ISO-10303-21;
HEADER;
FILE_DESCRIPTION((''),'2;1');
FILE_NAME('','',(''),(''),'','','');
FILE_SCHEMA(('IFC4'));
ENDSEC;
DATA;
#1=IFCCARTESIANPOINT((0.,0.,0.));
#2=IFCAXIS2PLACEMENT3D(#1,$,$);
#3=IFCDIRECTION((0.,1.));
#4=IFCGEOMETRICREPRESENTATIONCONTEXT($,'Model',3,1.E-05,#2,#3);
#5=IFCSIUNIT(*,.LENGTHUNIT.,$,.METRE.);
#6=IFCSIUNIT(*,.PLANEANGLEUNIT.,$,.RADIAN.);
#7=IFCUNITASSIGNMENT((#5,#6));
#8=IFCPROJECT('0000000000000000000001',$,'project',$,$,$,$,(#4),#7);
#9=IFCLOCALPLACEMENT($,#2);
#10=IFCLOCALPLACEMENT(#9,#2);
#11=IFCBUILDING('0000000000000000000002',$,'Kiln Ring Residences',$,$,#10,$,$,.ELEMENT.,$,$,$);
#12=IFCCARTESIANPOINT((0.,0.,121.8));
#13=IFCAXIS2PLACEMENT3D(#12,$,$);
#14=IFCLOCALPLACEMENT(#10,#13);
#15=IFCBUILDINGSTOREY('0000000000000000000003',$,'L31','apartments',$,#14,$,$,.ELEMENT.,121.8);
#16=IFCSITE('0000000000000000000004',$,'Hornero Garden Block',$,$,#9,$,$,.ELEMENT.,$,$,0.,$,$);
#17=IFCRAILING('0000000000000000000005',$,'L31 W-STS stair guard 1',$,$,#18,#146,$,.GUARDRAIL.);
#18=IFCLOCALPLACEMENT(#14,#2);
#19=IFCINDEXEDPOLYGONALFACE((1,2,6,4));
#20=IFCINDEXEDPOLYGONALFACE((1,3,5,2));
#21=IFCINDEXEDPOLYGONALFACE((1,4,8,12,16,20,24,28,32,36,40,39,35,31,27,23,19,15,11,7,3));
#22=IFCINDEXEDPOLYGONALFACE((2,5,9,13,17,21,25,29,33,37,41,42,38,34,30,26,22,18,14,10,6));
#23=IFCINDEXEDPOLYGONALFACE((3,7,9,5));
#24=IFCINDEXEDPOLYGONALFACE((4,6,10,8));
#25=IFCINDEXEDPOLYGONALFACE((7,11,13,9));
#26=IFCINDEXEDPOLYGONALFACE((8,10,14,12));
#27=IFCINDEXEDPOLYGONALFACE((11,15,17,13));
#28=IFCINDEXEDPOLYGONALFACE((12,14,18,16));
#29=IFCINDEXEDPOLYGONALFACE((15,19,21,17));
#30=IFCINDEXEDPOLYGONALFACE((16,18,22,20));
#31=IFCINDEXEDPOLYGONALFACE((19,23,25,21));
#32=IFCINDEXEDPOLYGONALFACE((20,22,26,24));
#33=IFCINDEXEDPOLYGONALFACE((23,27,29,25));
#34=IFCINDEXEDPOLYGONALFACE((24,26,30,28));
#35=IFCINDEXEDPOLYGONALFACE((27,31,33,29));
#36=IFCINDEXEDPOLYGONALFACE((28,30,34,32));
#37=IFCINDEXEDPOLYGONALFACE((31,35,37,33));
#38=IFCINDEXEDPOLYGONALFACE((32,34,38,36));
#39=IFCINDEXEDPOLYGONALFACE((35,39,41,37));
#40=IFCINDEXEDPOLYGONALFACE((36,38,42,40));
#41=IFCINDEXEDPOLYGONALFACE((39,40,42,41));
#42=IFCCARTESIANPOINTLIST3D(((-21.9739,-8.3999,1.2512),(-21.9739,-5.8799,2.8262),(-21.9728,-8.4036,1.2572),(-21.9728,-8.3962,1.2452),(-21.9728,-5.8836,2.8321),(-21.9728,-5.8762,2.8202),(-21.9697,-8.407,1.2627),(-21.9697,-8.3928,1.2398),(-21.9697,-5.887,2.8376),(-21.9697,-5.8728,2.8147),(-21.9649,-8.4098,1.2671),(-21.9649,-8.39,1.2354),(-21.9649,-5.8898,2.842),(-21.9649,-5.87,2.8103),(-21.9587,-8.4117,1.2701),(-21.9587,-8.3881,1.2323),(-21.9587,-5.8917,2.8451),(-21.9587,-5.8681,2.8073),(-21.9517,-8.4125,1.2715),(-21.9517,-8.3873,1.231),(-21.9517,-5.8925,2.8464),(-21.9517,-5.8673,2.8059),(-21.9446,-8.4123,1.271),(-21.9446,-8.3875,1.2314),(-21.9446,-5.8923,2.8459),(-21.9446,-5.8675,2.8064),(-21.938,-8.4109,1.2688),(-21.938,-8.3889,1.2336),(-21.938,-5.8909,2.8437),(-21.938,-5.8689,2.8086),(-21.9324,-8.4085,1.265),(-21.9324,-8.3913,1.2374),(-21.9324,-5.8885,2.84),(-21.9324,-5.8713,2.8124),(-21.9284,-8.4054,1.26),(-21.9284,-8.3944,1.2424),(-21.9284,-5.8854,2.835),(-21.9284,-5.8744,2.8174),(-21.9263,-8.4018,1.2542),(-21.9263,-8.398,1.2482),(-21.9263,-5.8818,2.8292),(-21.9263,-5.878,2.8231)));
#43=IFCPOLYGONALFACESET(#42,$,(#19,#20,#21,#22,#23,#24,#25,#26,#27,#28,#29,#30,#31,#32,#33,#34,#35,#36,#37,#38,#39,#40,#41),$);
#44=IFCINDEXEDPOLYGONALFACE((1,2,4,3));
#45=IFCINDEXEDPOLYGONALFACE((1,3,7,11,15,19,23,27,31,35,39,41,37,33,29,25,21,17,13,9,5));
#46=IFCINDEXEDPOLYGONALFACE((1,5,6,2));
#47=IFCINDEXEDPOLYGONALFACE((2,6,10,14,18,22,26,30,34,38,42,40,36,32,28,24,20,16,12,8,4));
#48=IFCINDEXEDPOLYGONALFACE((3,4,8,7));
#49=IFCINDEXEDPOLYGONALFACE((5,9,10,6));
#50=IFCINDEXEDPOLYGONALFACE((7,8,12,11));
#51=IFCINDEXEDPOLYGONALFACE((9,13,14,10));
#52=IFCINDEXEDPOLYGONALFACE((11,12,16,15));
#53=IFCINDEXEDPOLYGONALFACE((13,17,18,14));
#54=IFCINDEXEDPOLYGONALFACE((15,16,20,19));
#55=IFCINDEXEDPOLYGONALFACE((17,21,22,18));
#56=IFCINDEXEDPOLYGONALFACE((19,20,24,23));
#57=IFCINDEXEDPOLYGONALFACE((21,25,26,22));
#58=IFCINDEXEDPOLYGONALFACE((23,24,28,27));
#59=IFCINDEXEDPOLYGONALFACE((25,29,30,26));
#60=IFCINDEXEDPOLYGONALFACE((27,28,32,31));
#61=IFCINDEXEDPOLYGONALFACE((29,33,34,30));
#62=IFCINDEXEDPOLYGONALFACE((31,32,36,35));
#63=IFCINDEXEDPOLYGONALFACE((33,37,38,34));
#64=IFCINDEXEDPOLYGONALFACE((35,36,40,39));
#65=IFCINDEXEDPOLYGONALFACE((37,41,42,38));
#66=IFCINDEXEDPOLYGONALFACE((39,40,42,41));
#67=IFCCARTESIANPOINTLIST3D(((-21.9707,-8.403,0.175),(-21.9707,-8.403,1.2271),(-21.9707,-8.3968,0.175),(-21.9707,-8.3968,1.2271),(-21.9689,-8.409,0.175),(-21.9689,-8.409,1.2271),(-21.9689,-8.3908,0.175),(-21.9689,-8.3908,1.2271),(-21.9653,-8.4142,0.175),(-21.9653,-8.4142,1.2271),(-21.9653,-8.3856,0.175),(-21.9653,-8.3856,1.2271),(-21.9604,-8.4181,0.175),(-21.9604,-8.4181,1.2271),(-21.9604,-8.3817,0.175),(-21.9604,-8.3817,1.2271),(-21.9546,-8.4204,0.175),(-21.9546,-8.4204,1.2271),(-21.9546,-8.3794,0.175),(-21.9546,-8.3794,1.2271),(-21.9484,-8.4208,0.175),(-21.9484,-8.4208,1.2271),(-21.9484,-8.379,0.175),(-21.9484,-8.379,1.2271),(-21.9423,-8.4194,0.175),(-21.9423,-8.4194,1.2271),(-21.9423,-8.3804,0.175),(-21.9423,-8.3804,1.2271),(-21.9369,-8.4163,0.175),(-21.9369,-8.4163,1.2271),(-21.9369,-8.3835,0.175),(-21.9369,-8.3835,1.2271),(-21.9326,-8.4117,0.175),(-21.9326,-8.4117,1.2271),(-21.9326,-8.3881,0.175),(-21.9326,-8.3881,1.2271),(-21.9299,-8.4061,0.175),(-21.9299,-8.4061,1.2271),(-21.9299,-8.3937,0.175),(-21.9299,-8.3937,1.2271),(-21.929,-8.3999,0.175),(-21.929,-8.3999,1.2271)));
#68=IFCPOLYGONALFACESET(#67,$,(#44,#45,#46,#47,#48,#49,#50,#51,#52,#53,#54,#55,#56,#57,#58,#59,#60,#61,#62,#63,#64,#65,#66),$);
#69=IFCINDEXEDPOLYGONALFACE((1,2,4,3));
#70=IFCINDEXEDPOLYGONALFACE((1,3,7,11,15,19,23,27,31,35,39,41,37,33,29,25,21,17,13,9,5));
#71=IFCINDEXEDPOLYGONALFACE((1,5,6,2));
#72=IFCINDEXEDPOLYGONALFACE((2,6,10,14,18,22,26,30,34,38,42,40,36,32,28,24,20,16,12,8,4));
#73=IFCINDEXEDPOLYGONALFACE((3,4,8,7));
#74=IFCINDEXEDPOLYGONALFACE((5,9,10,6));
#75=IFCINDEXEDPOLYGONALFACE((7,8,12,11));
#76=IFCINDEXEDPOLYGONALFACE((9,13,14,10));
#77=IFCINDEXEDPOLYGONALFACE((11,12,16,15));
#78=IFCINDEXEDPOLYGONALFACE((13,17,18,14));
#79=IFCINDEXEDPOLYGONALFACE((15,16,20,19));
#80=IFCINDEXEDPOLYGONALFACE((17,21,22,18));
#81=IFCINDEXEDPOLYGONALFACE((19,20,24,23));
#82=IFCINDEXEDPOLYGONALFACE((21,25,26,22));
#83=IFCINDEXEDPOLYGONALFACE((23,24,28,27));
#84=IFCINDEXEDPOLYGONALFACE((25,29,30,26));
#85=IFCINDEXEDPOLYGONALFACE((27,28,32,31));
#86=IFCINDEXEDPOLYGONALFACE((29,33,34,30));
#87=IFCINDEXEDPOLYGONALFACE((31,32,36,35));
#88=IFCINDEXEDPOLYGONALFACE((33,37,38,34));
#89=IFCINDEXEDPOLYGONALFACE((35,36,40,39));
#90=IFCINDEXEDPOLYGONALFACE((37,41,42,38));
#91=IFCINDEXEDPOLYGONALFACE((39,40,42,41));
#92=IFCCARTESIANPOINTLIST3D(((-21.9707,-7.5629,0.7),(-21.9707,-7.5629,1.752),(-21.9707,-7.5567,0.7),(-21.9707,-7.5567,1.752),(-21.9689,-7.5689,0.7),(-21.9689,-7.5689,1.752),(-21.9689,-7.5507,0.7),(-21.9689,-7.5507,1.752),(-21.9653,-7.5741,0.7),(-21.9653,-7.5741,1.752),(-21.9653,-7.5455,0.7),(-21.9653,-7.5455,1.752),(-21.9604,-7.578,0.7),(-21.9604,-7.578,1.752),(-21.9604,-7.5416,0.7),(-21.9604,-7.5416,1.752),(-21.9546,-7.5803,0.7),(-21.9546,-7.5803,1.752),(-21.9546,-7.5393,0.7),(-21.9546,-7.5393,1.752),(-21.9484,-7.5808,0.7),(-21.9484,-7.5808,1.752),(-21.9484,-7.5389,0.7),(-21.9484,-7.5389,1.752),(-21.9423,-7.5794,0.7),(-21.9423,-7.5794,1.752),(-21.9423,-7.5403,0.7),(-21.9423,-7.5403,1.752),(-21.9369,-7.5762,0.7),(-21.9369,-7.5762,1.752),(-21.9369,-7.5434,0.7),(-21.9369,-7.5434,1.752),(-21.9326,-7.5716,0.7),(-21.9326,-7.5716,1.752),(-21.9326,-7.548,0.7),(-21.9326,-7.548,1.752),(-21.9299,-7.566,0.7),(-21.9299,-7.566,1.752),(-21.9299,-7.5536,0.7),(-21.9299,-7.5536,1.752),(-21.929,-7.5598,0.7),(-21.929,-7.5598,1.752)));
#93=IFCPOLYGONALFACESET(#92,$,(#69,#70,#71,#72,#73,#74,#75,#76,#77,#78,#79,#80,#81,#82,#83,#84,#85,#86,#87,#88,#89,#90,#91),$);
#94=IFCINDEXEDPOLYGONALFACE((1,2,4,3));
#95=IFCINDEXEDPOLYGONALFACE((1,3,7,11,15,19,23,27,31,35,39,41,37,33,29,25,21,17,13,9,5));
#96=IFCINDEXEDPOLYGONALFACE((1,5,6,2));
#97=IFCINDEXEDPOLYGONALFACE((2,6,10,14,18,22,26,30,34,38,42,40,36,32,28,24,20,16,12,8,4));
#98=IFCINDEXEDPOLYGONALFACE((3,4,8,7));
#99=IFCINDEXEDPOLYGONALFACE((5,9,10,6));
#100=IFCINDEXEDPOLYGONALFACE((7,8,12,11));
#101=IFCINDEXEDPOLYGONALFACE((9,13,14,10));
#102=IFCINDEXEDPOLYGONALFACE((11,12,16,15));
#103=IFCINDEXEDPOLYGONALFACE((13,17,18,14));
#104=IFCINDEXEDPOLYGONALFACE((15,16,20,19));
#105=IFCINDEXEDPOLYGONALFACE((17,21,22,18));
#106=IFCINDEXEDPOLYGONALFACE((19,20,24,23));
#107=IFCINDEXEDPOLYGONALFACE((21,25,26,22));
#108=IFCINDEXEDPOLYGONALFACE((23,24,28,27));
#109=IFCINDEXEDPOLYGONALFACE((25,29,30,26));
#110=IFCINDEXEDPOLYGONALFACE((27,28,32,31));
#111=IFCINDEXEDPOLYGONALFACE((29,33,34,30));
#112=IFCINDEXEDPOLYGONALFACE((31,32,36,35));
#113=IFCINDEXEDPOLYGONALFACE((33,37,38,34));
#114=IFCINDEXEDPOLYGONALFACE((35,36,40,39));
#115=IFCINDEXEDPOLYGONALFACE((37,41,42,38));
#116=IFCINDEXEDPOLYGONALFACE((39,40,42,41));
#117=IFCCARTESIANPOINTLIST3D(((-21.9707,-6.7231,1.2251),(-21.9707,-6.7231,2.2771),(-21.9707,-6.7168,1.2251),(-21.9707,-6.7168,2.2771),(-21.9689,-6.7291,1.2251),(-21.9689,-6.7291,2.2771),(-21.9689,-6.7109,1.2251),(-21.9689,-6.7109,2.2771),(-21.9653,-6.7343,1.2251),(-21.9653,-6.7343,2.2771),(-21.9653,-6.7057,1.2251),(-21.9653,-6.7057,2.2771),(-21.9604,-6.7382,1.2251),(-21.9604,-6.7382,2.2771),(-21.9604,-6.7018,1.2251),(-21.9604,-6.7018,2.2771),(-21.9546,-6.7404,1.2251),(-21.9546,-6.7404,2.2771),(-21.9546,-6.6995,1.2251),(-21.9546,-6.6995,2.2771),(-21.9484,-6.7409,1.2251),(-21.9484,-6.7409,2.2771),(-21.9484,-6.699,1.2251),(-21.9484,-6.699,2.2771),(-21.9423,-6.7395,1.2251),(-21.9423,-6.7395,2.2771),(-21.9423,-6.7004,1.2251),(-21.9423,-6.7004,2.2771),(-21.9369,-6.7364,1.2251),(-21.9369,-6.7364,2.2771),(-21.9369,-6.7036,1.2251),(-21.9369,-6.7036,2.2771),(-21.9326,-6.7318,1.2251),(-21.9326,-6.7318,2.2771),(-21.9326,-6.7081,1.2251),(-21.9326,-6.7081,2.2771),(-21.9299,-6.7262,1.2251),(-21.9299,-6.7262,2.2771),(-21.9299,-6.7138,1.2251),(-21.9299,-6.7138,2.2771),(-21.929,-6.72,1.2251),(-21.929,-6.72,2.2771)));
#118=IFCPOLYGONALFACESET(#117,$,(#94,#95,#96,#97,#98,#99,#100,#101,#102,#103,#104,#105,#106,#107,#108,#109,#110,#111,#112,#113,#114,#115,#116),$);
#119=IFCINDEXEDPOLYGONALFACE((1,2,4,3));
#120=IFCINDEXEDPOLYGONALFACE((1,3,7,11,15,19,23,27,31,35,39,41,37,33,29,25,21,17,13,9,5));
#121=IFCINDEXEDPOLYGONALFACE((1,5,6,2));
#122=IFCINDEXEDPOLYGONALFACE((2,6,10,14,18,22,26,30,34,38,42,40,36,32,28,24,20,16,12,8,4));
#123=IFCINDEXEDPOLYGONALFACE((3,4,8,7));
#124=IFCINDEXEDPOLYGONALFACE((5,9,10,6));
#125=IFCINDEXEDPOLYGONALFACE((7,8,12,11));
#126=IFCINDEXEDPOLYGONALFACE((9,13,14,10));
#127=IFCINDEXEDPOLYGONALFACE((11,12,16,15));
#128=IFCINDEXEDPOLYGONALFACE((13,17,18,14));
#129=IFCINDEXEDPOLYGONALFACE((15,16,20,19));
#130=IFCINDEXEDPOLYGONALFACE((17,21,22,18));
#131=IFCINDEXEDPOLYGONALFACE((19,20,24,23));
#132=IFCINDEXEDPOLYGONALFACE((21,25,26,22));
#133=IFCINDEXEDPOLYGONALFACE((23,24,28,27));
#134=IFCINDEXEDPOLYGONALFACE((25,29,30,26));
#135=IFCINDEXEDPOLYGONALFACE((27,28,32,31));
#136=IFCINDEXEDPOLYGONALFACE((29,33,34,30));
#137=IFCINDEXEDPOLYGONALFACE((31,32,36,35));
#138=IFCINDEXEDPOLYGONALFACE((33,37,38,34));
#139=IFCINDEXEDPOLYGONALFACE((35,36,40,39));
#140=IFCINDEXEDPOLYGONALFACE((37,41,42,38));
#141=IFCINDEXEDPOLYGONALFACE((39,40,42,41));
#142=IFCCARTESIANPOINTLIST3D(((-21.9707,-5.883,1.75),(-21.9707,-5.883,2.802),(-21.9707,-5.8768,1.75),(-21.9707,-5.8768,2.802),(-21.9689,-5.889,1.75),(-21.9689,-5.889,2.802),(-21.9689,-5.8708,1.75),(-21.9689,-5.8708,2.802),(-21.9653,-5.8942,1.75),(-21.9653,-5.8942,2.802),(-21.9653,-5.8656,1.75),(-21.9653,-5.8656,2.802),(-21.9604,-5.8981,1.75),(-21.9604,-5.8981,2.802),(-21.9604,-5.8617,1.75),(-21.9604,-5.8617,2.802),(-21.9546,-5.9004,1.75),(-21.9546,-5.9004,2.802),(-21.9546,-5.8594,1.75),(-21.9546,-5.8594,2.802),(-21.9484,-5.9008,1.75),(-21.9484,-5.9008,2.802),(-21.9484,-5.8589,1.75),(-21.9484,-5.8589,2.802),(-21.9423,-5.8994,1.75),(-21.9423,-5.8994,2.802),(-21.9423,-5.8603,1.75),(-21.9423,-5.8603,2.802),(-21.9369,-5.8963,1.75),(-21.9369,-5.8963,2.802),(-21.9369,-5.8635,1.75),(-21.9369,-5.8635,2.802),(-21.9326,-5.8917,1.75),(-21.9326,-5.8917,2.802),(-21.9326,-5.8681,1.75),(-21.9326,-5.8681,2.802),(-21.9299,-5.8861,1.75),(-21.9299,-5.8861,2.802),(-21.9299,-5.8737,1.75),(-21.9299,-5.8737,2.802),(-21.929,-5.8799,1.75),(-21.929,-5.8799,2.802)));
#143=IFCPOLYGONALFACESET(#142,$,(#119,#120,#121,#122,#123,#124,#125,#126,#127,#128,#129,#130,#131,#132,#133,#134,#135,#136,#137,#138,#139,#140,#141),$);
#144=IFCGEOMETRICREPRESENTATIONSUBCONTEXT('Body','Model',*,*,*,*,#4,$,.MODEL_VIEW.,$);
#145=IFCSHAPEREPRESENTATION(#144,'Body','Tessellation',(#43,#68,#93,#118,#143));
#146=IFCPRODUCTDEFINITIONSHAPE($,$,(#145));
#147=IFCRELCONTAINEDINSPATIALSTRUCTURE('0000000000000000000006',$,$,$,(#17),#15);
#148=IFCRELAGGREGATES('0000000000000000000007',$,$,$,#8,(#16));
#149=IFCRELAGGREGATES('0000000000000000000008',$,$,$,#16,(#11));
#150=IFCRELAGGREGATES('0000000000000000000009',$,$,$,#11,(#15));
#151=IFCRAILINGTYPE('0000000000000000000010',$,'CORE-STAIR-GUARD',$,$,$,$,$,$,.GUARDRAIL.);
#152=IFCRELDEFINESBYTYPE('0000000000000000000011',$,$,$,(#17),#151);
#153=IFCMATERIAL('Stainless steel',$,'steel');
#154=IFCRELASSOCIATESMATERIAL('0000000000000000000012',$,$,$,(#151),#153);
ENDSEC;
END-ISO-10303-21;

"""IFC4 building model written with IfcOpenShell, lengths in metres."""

from ifc_helpers import new_model, si_unit, direction, frame, origin, origin_2d, place, context, subcontext, project, spatial, circle, extrude, material, type_object, element, save


model = new_model("IFC4")

# Units and contexts
model_context = context("Model", 3, precision=1e-05, world=origin(), true_north=direction((0.0, 1.0)))
body_context = subcontext(model_context, "Body", "Model", "MODEL_VIEW")
ifc_project = project(units=[si_unit("LENGTHUNIT", "METRE"), si_unit("PLANEANGLEUNIT", "RADIAN")], contexts=[model_context])

# Site, building, storey
site_placement = place(None, origin())
site = spatial("IfcSite", under=ifc_project, at=site_placement, Name="Hornero Garden Block", CompositionType="ELEMENT", RefElevation=0.0)
building_placement = place(site_placement, origin())
building = spatial("IfcBuilding", under=site, at=building_placement, Name="Kiln Ring Residences", CompositionType="ELEMENT")
storey_placement = place(building_placement, frame((0.0, 0.0, 121.8)))
storey = spatial("IfcBuildingStorey", under=building, at=storey_placement, Name="L31", Description="apartments", CompositionType="ELEMENT", Elevation=121.8)

# Railing
ifc_material_1 = material(Name="Stainless steel", Category="steel")
railing_type_1 = type_object("IfcRailingType", Name="CORE-STAIR-GUARD", PredefinedType="GUARDRAIL", material=ifc_material_1)
railing_1_placement = place(storey_placement, frame((-21.95, -8.3999, 0.175)))
element("IfcRailing", 1, at=railing_1_placement, inside=storey, type_object=railing_type_1, Name="L31 W-STS stair guard 1", PredefinedType="GUARDRAIL", context=body_context, shape_type="SweptSolid", body=[
    extrude(circle(Radius=0.0239, at=origin_2d()), frame((0.0, 0.0, 1.0762), z_axis=(0.0, 0.848008, 0.529984), x_axis=(-1.0, 0.0, 0.0)), (0.0, 0.0, 1.0), 2.9717),
    extrude(circle(Radius=0.021, at=origin_2d()), origin(), (0.0, 0.0, 1.0), 1.052),
    extrude(circle(Radius=0.021, at=origin_2d()), frame((0.0, 0.8401, 0.5249)), (0.0, 0.0, 1.0), 1.052),
    extrude(circle(Radius=0.021, at=origin_2d()), frame((0.0, 1.6799, 1.05)), (0.0, 0.0, 1.0), 1.052),
    extrude(circle(Radius=0.021, at=origin_2d()), frame((0.0, 2.52, 1.575)), (0.0, 0.0, 1.0), 1.052),
])

save(model, "model.ifc")
